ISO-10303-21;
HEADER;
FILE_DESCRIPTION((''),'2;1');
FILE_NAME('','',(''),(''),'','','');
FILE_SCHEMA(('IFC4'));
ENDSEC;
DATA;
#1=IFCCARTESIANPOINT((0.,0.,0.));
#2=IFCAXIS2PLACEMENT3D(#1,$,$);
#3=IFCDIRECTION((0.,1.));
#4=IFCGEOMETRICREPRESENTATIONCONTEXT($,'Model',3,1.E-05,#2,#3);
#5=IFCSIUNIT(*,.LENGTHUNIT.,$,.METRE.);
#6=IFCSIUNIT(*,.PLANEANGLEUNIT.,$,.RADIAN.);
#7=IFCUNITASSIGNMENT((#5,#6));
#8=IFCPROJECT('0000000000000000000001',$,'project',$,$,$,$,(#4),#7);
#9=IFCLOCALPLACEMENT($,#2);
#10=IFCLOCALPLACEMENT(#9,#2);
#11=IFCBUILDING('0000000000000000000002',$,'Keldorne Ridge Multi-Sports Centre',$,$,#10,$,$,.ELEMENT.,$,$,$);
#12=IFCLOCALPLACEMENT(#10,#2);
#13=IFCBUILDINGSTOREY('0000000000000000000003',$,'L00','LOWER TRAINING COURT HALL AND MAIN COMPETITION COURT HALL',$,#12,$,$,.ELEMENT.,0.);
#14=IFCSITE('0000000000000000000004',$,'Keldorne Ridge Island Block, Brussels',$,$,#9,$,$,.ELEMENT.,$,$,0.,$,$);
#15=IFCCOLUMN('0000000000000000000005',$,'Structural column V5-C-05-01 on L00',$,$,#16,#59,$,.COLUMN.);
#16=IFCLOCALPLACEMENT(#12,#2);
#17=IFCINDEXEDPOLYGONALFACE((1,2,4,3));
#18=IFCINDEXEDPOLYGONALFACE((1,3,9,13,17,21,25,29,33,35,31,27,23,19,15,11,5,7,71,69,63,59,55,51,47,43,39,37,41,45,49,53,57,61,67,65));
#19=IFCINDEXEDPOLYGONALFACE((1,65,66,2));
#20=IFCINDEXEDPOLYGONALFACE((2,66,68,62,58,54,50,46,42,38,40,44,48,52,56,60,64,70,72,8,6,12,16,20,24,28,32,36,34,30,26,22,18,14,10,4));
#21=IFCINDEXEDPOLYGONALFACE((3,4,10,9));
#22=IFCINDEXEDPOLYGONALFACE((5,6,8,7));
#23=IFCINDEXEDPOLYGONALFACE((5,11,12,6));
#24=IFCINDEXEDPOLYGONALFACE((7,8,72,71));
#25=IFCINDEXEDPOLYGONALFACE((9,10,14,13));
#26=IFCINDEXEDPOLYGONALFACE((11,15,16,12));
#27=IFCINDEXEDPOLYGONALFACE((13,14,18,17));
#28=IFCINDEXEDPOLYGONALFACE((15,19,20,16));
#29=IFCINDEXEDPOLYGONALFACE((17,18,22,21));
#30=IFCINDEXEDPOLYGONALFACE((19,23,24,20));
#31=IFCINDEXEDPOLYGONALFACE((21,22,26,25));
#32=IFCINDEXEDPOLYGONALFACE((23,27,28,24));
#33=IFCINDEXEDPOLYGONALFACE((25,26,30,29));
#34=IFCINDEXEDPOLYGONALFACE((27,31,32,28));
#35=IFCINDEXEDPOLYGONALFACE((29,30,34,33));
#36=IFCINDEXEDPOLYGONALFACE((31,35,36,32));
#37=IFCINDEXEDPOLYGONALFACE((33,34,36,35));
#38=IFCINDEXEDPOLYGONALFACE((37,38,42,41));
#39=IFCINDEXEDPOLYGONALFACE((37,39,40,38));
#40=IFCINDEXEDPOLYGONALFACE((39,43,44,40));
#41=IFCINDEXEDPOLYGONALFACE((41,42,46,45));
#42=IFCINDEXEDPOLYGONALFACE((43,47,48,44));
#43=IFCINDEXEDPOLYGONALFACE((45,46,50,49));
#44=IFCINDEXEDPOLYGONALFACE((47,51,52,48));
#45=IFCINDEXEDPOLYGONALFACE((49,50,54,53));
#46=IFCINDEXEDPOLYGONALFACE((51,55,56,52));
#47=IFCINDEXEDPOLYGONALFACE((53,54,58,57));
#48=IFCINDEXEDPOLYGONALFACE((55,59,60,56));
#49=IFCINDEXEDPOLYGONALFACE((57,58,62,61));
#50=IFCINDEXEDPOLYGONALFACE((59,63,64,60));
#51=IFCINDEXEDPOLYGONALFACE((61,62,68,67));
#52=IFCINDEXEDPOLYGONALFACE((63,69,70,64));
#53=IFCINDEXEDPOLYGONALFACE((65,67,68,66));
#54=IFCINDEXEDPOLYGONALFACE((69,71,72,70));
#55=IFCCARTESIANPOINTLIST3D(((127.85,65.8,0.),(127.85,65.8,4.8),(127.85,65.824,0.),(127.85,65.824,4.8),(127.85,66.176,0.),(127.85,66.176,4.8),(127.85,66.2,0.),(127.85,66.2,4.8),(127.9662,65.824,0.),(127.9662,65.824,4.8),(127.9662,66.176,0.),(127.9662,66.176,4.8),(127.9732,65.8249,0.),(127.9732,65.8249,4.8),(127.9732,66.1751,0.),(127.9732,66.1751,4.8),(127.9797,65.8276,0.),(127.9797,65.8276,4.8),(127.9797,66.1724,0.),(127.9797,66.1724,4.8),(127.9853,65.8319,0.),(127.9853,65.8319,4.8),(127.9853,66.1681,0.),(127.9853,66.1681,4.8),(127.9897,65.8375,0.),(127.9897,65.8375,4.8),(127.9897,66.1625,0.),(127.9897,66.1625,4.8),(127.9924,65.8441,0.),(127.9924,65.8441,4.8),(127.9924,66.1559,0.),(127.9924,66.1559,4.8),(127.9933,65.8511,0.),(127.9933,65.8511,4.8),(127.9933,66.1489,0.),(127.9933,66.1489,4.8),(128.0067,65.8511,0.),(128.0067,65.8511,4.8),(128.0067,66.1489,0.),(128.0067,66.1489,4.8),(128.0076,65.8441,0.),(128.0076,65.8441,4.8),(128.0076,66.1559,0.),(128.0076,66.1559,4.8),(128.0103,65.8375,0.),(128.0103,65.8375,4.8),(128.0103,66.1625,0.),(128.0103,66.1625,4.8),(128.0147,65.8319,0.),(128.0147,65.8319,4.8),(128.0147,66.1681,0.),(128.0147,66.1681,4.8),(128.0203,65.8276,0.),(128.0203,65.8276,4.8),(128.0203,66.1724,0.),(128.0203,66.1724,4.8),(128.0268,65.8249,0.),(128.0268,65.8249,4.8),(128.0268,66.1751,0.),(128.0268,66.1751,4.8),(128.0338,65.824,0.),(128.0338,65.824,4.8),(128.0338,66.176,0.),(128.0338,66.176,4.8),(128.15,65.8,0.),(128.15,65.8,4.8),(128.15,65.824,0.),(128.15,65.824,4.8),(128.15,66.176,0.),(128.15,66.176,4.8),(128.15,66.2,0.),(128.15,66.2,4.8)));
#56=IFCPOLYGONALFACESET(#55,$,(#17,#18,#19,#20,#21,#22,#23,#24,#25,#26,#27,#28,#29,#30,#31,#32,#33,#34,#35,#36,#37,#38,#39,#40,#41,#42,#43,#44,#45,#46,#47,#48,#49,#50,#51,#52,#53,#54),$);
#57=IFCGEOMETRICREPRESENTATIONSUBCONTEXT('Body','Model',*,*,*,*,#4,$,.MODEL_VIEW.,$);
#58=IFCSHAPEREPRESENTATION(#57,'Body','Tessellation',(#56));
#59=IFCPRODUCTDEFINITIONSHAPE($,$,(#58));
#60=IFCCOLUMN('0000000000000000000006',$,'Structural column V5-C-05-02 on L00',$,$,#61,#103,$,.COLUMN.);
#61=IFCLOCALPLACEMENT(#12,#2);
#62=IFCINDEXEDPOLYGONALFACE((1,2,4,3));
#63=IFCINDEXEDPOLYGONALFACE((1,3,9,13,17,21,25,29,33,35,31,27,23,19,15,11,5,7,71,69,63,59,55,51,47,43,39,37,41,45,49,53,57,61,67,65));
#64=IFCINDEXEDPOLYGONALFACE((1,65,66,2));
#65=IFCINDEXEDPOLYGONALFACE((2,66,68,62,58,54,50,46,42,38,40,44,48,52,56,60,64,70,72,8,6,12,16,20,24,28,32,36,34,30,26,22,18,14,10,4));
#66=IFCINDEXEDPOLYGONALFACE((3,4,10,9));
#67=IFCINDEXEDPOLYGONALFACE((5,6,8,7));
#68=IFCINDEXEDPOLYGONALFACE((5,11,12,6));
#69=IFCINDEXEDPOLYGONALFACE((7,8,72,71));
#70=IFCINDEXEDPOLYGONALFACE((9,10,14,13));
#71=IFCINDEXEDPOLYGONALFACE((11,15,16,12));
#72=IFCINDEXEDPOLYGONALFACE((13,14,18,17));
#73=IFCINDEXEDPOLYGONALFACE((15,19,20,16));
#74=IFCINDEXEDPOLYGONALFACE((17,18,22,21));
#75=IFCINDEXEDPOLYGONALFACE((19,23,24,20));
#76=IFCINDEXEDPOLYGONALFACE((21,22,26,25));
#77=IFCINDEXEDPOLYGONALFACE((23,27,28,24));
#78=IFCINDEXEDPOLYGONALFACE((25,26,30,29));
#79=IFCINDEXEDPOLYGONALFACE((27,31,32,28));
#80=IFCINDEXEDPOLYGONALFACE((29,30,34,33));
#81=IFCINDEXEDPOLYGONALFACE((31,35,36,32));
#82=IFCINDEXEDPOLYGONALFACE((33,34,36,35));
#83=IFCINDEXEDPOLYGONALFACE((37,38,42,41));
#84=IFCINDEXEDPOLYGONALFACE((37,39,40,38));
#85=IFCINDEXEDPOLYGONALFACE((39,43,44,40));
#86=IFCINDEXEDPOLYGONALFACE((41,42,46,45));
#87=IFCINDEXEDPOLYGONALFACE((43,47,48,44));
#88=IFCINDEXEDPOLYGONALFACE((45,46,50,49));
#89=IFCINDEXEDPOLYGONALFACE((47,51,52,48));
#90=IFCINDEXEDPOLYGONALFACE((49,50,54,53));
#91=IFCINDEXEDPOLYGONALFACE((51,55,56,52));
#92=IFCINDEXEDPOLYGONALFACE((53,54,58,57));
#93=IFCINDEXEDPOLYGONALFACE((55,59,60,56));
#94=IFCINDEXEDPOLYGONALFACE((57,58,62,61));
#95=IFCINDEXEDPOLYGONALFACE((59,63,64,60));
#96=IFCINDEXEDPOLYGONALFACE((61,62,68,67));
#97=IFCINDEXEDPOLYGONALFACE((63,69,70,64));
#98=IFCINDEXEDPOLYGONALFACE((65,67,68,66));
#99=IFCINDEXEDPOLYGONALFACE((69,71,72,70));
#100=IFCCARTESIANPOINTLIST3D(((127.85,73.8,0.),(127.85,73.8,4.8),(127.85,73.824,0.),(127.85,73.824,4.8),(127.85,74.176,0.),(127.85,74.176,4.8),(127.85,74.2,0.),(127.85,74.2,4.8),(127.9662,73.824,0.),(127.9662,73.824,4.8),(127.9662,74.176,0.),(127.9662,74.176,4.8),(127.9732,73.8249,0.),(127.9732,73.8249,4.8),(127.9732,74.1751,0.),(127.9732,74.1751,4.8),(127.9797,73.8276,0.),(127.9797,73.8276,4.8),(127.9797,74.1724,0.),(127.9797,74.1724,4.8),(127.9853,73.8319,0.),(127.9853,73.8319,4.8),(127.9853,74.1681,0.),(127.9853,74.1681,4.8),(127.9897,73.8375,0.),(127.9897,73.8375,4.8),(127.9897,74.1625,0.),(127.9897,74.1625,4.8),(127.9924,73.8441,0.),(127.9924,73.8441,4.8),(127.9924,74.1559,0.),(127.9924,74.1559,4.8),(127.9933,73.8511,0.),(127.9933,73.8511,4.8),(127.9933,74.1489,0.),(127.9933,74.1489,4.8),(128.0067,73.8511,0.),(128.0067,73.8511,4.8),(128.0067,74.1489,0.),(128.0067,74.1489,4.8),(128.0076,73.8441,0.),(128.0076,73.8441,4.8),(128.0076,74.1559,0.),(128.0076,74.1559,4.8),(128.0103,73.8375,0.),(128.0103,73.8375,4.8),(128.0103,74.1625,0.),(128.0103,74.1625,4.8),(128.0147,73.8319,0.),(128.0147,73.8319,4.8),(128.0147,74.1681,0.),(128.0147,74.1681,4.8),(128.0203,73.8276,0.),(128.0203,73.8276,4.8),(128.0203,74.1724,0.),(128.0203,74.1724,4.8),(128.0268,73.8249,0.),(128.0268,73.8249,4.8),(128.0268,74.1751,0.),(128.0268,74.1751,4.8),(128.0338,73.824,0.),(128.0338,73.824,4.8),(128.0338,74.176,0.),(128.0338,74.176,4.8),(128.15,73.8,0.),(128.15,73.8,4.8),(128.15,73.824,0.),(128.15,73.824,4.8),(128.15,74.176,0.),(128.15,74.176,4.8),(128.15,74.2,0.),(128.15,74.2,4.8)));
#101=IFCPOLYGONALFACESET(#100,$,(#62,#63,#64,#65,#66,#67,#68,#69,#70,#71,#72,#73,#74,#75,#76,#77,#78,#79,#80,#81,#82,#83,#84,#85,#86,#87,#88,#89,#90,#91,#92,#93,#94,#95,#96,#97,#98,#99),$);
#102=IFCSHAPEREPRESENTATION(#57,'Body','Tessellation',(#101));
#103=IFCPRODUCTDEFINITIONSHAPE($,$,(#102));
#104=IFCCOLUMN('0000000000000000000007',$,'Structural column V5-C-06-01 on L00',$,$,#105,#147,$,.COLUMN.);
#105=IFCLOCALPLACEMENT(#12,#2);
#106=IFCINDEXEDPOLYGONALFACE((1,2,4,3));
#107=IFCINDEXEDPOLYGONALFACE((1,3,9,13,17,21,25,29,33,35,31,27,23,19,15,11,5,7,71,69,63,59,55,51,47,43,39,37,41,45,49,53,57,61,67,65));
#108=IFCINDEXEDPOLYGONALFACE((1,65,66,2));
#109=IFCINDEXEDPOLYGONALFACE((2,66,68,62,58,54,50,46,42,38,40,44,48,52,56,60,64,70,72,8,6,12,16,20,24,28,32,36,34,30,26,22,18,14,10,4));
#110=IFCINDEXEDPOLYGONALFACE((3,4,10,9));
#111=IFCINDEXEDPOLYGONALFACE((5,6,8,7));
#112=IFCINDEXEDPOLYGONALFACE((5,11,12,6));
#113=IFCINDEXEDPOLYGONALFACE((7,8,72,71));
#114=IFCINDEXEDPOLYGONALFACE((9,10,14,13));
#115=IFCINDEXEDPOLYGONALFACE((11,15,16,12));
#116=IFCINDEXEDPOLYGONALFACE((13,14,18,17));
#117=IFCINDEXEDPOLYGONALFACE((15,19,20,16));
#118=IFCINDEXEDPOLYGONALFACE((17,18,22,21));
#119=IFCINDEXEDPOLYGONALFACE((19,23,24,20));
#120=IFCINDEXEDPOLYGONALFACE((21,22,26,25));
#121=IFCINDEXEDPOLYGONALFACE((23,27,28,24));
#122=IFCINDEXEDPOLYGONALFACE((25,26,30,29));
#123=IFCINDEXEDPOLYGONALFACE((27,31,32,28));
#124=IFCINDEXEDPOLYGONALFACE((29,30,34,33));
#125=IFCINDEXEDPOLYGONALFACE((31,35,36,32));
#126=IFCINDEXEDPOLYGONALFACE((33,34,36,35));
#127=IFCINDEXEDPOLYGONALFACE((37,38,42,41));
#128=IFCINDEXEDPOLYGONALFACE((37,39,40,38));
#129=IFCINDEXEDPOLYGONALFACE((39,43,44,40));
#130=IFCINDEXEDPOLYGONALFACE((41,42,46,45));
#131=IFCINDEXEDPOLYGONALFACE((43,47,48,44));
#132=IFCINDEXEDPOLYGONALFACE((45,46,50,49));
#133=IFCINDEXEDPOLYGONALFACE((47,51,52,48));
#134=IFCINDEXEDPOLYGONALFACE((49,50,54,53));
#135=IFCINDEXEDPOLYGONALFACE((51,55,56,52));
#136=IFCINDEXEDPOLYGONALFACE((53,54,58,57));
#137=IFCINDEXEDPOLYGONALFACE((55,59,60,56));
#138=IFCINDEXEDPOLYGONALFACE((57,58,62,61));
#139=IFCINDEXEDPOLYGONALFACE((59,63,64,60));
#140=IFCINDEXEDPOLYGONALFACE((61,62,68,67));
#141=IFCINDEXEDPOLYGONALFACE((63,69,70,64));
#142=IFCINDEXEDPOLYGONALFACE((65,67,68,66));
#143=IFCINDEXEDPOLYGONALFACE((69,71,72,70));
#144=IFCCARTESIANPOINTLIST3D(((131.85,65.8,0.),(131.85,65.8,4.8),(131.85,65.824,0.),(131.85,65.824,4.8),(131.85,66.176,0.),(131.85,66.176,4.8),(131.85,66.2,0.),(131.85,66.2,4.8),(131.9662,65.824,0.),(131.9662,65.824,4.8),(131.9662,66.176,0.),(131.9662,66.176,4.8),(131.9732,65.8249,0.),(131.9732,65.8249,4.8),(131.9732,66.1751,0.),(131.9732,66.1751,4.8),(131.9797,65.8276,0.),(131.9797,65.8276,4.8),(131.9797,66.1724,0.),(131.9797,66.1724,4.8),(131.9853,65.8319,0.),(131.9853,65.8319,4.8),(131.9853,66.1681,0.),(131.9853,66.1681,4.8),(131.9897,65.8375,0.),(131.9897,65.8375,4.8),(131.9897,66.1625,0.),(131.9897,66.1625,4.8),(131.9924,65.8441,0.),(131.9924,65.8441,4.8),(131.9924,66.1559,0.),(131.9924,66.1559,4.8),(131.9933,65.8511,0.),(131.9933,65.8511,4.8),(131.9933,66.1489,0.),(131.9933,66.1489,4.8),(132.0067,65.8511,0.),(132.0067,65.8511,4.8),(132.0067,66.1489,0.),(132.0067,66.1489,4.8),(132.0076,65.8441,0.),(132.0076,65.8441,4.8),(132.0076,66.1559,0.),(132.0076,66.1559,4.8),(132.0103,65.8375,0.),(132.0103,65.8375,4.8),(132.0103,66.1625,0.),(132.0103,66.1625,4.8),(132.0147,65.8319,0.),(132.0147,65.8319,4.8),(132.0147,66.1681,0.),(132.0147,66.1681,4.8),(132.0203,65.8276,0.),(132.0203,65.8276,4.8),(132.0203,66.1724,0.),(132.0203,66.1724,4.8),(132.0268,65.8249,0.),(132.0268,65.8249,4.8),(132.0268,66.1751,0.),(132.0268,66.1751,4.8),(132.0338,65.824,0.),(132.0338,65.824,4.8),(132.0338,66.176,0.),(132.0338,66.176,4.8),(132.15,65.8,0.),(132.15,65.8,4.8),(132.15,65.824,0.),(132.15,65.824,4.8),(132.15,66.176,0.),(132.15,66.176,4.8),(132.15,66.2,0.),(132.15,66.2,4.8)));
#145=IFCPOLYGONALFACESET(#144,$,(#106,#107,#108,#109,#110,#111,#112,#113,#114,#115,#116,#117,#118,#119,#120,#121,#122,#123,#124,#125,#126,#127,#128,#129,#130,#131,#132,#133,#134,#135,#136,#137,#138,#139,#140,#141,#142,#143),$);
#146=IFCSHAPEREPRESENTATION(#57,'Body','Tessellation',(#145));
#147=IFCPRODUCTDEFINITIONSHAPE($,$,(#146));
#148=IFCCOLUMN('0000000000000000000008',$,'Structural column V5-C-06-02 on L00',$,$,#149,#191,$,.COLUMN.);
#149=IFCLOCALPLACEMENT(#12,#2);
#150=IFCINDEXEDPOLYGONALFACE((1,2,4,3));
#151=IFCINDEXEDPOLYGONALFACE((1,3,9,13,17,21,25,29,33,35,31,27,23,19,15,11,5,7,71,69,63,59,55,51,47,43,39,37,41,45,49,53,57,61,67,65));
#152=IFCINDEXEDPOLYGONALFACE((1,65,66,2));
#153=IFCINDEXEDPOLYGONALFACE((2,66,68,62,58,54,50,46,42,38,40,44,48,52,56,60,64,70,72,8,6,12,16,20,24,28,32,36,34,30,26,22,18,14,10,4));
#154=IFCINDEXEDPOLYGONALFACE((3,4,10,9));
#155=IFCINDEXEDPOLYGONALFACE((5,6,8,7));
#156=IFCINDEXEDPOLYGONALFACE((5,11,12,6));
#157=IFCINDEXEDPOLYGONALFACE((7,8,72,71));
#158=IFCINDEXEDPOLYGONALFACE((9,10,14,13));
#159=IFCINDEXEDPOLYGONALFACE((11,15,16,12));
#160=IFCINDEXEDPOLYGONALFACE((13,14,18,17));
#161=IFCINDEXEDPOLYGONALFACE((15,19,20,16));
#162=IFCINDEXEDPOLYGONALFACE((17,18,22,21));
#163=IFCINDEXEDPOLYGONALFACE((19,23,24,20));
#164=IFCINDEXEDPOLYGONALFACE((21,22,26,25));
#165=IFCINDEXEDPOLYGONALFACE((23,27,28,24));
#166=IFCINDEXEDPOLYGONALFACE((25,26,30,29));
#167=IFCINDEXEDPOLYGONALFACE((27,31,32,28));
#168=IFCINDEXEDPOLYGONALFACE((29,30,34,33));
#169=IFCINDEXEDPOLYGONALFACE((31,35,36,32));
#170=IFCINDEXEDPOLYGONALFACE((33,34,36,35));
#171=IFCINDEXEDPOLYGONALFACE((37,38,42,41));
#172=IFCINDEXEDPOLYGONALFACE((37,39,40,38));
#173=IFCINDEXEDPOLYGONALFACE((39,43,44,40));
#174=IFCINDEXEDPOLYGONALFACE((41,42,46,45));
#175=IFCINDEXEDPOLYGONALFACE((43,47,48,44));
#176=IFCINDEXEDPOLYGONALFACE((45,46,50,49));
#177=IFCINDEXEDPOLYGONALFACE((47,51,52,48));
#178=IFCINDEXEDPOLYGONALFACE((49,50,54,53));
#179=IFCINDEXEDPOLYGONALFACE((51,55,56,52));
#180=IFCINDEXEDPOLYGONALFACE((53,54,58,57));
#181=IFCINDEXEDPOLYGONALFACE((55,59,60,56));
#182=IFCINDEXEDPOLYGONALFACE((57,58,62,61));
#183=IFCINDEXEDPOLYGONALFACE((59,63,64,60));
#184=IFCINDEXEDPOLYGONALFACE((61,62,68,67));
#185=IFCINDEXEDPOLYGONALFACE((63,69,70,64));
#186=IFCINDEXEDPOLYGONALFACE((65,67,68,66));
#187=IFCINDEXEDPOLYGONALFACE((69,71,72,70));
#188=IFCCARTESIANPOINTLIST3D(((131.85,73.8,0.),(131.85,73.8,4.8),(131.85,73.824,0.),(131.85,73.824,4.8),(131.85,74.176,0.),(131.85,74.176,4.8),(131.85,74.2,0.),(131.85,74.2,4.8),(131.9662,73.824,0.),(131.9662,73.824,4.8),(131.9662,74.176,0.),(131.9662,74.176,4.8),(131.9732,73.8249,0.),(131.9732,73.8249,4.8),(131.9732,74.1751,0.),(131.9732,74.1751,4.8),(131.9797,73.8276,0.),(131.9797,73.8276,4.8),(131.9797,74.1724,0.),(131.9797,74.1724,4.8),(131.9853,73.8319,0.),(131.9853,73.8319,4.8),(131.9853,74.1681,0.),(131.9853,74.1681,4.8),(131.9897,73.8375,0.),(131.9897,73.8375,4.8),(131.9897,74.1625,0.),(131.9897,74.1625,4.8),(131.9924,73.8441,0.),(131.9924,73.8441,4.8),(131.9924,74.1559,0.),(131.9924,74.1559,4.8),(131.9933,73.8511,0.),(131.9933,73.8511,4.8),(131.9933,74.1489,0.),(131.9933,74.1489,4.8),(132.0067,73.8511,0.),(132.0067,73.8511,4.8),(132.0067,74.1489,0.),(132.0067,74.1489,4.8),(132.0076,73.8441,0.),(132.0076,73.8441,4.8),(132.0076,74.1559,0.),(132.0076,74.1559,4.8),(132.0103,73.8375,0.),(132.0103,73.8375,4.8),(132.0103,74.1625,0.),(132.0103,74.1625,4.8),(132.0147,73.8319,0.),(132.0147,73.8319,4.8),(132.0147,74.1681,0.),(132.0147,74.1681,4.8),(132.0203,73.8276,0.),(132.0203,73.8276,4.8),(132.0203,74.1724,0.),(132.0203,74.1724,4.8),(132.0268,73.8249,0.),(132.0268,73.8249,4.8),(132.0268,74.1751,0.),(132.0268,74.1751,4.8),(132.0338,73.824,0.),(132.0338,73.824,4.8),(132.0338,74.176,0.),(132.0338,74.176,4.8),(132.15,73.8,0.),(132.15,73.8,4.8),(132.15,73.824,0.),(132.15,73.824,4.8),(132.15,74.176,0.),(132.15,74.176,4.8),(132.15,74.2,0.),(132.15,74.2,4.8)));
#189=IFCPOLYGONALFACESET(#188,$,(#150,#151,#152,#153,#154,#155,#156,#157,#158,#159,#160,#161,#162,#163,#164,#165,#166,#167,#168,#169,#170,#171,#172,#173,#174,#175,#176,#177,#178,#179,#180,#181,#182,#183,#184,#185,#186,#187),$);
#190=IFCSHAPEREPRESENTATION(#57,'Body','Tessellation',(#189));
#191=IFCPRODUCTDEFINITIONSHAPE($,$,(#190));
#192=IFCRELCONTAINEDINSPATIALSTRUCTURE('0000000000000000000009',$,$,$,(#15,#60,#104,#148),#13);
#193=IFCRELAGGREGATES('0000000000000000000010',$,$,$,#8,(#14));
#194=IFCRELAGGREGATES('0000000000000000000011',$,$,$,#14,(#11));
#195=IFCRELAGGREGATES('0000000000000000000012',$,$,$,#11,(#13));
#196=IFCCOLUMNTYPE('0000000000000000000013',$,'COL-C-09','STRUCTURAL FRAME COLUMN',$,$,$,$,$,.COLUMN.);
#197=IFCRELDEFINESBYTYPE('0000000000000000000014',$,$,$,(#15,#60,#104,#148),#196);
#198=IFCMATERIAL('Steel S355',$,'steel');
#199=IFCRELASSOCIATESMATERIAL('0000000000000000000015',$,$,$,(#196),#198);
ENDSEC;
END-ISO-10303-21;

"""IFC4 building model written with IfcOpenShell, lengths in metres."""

from ifc_helpers import new_model, si_unit, direction, frame, origin, origin_2d, place, context, subcontext, project, spatial, i_section, extrude, material, material_profile, profile_set, type_object, element, save


model = new_model("IFC4")

# Units and contexts
model_context = context("Model", 3, precision=1e-05, world=origin(), true_north=direction((0.0, 1.0)))
body_context = subcontext(model_context, "Body", "Model", "MODEL_VIEW")
ifc_project = project(units=[si_unit("LENGTHUNIT", "METRE"), si_unit("PLANEANGLEUNIT", "RADIAN")], contexts=[model_context])

# Site, building, storey
site_placement = place(None, origin())
site = spatial("IfcSite", under=ifc_project, at=site_placement, Name="Keldorne Ridge Island Block, Brussels", CompositionType="ELEMENT", RefElevation=0.0)
building_placement = place(site_placement, origin())
building = spatial("IfcBuilding", under=site, at=building_placement, Name="Keldorne Ridge Multi-Sports Centre", CompositionType="ELEMENT")
storey_placement = place(building_placement, origin())
storey = spatial("IfcBuildingStorey", under=building, at=storey_placement, Name="L00", Description="LOWER TRAINING COURT HALL AND MAIN COMPETITION COURT HALL", CompositionType="ELEMENT", Elevation=0.0)

# Columns
ifc_material_1 = material(Name="Steel S355", Category="steel")
ifc_material_profile_1 = material_profile(ifc_material_1, i_section(OverallWidth=0.3, OverallDepth=0.3999, WebThickness=0.0134, FlangeThickness=0.0239, FilletRadius=0.0271, at=origin_2d()), Name="HEB 400")
ifc_profile_set_1 = profile_set([ifc_material_profile_1], Name="Steel S355")
column_type = type_object("IfcColumnType", Name="COL-C-09", Description="STRUCTURAL FRAME COLUMN", PredefinedType="COLUMN", material=ifc_profile_set_1)
for number, where, z_axis, x_axis, name in (
    (1, (128.0, 66.0, 0.0), (0.0, 0.0, 1.0), (1.0, 0.0, 0.0), "Structural column V5-C-05-01 on L00"),
    (2, (128.0, 74.0, 0.0), (0.0, 0.0, 1.0), (1.0, 0.0, 0.0), "Structural column V5-C-05-02 on L00"),
    (3, (132.0, 66.0, 0.0), (0.0, 0.0, 1.0), (1.0, 0.0, 0.0), "Structural column V5-C-06-01 on L00"),
    (4, (132.0, 74.0, 0.0), (0.0, 0.0, 1.0), (1.0, 0.0, 0.0), "Structural column V5-C-06-02 on L00"),
):
    element("IfcColumn", number, at=place(storey_placement, frame(where, z_axis=z_axis, x_axis=x_axis)), inside=storey, type_object=column_type, Name=name, PredefinedType="COLUMN", context=body_context, shape_type="SweptSolid", body=[
        extrude(i_section(OverallWidth=0.3, OverallDepth=0.3999, WebThickness=0.0134, FlangeThickness=0.0239, FilletRadius=0.0271, at=origin_2d()), origin(), (0.0, 0.0, 1.0), 4.8),
    ])

save(model, "model.ifc")
